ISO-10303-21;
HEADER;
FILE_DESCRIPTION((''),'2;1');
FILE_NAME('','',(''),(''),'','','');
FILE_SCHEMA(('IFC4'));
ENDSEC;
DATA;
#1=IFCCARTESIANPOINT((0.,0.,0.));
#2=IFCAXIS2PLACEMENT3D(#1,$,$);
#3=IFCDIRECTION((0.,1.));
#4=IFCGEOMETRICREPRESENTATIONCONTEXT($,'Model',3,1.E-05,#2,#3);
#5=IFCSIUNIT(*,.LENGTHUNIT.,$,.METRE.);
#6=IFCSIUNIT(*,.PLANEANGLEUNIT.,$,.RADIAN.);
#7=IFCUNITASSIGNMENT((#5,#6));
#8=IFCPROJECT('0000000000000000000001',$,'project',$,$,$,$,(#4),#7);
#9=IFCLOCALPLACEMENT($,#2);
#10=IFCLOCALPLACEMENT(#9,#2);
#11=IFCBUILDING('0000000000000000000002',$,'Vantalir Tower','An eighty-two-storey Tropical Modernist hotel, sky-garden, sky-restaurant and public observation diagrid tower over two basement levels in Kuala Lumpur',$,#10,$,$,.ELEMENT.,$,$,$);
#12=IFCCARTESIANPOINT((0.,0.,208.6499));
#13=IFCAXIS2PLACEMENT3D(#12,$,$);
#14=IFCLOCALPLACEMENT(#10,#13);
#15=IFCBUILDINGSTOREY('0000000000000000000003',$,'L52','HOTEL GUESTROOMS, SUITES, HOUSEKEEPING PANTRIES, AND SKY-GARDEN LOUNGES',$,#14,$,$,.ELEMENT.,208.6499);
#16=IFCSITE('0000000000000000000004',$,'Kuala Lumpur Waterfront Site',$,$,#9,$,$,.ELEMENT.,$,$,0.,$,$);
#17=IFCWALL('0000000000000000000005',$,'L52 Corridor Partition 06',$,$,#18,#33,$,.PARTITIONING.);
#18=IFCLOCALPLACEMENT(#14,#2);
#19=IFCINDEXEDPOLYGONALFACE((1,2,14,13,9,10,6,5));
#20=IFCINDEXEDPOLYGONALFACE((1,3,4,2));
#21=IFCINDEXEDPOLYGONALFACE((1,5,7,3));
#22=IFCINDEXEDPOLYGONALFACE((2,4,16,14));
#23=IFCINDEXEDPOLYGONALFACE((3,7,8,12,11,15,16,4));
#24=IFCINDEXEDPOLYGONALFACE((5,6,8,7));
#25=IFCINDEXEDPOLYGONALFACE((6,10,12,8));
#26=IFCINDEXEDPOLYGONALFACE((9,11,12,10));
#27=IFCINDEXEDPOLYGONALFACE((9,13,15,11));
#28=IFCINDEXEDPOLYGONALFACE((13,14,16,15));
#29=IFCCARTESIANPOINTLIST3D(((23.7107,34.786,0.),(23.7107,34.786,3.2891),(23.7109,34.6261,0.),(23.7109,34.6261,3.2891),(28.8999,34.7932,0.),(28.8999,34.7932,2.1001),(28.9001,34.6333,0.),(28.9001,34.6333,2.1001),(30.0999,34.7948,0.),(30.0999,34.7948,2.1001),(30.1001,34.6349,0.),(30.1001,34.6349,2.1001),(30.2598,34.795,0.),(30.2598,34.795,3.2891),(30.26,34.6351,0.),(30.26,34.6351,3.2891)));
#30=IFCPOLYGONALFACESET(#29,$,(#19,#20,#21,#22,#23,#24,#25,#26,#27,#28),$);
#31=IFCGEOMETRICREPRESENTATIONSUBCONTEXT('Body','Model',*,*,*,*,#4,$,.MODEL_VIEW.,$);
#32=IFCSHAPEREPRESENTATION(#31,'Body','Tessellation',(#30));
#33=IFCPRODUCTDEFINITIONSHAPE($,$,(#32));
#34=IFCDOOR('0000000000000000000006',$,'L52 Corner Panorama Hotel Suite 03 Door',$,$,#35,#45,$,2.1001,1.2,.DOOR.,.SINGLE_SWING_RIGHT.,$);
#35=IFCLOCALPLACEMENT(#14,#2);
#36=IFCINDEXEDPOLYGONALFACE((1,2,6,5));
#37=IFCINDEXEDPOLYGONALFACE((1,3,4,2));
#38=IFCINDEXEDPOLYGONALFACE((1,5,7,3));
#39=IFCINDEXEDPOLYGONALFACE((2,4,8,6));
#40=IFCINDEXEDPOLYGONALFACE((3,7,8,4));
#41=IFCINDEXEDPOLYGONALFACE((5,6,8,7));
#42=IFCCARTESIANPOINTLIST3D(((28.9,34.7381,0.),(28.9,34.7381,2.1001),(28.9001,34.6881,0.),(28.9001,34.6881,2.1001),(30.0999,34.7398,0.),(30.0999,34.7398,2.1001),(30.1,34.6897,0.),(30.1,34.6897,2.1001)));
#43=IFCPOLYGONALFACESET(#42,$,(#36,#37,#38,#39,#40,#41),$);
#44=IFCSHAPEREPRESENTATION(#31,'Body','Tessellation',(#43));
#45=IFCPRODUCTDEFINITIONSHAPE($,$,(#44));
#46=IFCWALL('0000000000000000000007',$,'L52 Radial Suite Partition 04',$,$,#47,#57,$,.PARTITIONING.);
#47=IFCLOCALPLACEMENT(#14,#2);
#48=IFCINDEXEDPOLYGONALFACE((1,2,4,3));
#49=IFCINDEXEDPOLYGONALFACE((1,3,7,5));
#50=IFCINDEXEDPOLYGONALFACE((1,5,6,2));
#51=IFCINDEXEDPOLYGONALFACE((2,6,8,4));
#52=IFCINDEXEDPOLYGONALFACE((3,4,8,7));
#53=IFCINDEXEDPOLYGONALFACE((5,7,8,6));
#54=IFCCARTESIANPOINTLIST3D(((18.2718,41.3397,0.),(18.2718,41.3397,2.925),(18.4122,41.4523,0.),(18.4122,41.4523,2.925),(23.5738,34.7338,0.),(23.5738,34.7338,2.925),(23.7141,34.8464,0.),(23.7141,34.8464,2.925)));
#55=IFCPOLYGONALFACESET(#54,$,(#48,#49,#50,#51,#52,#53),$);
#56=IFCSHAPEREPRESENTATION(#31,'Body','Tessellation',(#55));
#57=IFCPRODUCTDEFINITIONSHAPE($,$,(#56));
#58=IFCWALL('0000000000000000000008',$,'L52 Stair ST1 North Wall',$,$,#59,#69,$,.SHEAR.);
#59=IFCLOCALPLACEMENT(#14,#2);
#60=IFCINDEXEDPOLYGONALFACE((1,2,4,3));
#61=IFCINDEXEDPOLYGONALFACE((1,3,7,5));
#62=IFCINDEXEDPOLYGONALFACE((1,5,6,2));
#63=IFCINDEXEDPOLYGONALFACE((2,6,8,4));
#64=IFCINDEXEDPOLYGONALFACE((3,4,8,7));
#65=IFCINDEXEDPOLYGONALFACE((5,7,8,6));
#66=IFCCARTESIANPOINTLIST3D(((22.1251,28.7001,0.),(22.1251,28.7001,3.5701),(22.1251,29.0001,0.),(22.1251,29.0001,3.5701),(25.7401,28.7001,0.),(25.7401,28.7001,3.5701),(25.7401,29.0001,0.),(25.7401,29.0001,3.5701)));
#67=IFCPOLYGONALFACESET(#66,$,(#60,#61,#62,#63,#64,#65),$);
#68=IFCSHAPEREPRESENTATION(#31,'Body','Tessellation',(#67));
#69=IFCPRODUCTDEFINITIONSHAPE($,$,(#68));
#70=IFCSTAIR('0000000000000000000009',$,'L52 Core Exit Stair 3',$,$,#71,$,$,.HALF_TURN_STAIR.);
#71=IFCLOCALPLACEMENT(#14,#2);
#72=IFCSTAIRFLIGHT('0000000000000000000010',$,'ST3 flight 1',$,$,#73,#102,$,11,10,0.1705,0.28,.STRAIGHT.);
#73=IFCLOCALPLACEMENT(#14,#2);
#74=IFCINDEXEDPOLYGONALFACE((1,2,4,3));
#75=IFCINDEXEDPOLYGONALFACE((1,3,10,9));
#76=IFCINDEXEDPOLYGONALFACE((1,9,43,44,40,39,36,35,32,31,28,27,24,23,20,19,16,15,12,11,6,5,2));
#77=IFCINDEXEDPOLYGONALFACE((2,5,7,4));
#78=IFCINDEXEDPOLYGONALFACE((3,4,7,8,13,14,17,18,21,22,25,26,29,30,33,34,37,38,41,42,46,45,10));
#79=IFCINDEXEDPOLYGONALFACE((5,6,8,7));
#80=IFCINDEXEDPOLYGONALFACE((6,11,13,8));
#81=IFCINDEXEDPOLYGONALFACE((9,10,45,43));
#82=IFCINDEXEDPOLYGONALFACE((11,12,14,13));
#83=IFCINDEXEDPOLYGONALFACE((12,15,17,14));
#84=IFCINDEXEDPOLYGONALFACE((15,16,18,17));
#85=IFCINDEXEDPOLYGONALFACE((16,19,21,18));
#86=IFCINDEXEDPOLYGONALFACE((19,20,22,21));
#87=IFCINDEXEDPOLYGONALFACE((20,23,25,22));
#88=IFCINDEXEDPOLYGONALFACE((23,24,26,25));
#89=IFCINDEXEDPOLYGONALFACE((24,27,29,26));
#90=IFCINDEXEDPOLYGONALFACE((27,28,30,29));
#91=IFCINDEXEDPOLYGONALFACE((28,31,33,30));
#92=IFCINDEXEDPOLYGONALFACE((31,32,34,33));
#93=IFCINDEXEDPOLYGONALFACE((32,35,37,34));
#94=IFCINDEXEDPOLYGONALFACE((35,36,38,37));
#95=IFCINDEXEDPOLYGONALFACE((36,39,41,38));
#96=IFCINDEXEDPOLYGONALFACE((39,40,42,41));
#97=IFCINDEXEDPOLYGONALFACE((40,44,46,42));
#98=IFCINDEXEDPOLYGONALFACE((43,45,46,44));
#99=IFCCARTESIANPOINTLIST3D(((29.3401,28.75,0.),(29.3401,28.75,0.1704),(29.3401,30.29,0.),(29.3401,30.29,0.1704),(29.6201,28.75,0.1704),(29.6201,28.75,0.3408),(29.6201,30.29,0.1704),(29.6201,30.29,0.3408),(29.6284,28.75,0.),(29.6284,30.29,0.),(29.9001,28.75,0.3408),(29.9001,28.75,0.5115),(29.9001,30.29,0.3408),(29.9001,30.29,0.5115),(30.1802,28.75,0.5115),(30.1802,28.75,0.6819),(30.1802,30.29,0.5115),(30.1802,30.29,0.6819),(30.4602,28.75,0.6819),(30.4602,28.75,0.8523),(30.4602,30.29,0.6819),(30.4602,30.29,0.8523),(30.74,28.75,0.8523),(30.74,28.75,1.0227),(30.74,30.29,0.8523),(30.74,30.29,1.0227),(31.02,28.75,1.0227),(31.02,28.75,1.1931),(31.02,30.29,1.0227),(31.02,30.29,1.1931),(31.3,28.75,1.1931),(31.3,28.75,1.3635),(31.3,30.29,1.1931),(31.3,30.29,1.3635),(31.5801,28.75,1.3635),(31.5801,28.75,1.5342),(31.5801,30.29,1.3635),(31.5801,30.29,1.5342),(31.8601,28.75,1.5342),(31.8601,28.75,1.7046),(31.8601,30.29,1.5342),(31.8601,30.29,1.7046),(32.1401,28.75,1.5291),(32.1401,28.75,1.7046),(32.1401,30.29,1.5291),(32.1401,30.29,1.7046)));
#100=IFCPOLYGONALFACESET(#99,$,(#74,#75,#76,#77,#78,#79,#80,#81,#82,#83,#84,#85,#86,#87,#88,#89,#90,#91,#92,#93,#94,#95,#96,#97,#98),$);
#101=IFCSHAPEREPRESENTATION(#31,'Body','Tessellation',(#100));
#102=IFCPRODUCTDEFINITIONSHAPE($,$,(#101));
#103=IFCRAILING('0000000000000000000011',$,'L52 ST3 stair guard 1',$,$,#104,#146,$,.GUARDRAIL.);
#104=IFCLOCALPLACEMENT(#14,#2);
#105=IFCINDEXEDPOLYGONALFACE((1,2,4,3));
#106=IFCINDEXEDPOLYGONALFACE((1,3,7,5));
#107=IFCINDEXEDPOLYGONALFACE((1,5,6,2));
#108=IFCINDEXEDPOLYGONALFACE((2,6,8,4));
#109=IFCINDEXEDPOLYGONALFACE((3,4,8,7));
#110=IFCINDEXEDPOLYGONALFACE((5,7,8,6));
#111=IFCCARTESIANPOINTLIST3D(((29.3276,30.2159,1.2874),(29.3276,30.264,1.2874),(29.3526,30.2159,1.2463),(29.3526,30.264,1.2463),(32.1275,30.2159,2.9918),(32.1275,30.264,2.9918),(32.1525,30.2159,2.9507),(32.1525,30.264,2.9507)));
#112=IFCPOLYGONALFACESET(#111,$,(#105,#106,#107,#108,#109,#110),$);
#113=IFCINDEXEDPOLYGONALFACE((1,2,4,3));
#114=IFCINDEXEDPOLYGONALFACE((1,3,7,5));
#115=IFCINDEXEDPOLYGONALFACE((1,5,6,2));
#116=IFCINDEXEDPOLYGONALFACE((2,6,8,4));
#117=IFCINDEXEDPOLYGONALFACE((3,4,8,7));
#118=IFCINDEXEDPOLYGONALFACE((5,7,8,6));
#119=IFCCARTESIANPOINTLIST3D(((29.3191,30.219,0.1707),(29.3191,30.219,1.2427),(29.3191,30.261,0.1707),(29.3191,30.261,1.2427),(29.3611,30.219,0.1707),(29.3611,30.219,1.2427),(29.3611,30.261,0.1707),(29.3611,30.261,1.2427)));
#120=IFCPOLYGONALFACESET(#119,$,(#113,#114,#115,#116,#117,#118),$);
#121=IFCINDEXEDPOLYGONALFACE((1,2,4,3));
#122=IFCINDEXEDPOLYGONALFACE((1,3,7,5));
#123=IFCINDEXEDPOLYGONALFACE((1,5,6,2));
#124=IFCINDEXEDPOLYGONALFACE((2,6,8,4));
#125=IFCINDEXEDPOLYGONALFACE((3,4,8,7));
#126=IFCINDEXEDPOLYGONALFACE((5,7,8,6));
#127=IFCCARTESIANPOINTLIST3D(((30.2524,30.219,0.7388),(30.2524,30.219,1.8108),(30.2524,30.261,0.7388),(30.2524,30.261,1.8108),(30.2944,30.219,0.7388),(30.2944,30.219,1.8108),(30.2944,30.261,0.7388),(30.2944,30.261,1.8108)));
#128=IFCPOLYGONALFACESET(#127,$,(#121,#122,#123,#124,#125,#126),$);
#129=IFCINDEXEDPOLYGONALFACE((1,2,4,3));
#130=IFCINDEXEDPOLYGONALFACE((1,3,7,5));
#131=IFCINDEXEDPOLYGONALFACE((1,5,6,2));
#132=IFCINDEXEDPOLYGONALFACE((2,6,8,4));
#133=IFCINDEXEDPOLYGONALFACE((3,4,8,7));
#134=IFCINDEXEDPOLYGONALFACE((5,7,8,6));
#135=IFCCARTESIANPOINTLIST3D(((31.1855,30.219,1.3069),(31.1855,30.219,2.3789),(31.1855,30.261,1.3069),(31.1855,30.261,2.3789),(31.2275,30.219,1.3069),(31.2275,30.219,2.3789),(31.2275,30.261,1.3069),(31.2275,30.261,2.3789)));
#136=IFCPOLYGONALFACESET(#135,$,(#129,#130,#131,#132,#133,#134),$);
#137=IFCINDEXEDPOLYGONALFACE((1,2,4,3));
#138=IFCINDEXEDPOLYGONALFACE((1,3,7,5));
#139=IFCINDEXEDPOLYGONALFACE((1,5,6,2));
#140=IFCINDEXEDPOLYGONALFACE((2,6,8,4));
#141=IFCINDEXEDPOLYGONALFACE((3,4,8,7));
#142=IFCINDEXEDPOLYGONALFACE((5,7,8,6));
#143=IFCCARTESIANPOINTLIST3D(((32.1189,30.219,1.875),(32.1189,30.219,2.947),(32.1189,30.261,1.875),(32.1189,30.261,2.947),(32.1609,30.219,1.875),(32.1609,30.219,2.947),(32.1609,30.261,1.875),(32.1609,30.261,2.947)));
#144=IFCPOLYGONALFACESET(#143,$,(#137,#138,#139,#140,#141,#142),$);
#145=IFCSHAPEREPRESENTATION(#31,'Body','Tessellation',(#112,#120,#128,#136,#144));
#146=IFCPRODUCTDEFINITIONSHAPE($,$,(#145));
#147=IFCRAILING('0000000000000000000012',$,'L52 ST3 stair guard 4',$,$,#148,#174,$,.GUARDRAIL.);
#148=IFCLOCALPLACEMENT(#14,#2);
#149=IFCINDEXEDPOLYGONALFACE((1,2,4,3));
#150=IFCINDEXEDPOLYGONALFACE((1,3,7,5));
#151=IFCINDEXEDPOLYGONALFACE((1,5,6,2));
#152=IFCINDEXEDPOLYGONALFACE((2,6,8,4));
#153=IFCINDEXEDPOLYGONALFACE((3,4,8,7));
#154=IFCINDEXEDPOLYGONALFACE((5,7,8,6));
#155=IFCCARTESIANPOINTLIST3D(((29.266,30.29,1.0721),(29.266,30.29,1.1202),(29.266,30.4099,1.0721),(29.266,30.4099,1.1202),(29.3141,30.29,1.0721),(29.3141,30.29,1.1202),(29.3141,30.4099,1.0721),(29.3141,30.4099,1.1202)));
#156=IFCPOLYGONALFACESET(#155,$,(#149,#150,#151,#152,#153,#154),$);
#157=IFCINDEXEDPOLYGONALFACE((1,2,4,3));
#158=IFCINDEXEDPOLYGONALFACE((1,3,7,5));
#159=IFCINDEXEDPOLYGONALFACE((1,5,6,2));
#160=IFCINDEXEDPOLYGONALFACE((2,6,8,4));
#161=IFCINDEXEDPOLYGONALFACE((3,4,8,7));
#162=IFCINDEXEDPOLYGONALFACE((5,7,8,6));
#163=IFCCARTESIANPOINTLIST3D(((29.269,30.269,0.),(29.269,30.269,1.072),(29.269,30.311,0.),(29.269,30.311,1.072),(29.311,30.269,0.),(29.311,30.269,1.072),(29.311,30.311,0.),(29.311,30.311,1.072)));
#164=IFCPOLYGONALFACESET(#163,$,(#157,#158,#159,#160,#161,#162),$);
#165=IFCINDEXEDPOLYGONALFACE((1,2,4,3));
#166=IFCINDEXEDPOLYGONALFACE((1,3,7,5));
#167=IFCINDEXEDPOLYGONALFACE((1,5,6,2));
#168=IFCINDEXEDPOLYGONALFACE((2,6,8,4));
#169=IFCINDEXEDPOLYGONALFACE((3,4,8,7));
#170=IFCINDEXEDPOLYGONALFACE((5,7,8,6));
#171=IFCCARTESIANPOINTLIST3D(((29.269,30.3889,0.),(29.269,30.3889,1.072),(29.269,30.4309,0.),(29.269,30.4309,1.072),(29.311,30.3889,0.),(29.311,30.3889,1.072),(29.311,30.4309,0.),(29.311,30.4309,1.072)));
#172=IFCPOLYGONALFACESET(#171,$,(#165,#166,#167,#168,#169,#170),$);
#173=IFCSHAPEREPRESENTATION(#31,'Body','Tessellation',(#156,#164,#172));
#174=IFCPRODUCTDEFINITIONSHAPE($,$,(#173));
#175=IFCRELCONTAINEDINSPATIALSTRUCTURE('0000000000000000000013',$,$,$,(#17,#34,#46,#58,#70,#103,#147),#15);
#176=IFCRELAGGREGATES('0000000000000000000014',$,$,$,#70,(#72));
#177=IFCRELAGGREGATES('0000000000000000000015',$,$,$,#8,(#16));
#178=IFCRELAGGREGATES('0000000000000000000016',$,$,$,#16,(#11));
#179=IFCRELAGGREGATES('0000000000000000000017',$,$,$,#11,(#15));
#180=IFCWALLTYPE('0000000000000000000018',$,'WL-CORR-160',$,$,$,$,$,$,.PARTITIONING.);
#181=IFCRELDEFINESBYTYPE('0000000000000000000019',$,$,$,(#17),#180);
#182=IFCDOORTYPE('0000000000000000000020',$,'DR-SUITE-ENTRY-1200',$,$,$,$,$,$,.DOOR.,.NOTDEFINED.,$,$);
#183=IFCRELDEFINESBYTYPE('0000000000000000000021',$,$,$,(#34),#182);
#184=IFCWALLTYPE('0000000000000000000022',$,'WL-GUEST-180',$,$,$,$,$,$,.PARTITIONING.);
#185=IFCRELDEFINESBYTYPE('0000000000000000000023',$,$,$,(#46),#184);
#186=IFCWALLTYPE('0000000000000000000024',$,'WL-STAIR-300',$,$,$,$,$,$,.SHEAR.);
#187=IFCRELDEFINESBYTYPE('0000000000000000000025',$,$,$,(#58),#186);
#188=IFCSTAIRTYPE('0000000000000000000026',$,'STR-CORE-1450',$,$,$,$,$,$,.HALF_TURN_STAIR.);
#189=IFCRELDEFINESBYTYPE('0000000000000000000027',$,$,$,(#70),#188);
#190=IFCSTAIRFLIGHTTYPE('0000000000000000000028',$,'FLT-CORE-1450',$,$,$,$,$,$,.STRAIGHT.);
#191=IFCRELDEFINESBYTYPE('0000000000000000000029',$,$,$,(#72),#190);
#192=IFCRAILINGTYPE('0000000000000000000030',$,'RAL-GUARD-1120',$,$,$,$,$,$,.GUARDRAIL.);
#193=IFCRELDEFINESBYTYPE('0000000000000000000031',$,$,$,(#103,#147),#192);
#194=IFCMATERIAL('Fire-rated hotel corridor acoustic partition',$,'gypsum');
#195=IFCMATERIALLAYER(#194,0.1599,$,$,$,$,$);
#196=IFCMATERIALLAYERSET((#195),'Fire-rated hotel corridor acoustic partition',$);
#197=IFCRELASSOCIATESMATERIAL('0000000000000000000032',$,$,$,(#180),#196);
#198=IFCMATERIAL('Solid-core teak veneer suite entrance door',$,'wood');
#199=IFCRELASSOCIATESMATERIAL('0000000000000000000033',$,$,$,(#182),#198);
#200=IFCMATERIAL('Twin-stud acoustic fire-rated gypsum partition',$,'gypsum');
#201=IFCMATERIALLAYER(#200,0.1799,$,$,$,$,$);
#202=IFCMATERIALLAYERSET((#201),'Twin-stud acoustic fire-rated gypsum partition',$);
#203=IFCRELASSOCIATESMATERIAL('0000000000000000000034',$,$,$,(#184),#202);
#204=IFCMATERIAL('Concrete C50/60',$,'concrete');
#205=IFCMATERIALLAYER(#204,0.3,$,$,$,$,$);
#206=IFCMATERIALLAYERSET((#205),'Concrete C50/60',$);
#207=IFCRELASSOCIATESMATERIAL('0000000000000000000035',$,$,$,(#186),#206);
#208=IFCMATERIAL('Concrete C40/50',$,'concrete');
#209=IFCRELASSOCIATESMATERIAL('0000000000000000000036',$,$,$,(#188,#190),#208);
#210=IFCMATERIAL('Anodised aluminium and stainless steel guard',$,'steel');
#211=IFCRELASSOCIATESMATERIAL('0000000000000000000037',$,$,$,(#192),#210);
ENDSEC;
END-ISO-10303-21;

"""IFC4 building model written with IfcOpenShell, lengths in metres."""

from ifc_helpers import new_model, si_unit, direction, frame, frame_2d, origin, origin_2d, place, context, subcontext, project, spatial, polyline, rectangle, outline, extrude, material, layer, layer_set, type_object, element, fill, aggregate, save


model = new_model("IFC4")

# Units and contexts
model_context = context("Model", 3, precision=1e-05, world=origin(), true_north=direction((0.0, 1.0)))
body_context = subcontext(model_context, "Body", "Model", "MODEL_VIEW")
ifc_project = project(units=[si_unit("LENGTHUNIT", "METRE"), si_unit("PLANEANGLEUNIT", "RADIAN")], contexts=[model_context])

# Site, building, storey
site_placement = place(None, origin())
site = spatial("IfcSite", under=ifc_project, at=site_placement, Name="Kuala Lumpur Waterfront Site", CompositionType="ELEMENT", RefElevation=0.0)
building_placement = place(site_placement, origin())
building = spatial("IfcBuilding", under=site, at=building_placement, Name="Vantalir Tower", Description="An eighty-two-storey Tropical Modernist hotel, sky-garden, sky-restaurant and public observation diagrid tower over two basement levels in Kuala Lumpur", CompositionType="ELEMENT")
storey_placement = place(building_placement, frame((0.0, 0.0, 208.6499)))
storey = spatial("IfcBuildingStorey", under=building, at=storey_placement, Name="L52", Description="HOTEL GUESTROOMS, SUITES, HOUSEKEEPING PANTRIES, AND SKY-GARDEN LOUNGES", CompositionType="ELEMENT", Elevation=208.6499)

# Shared definitions
ifc_material_1 = material(Name="Concrete C50/60", Category="concrete")

# Wall, opening, door
ifc_material_2 = material(Name="Fire-rated hotel corridor acoustic partition", Category="gypsum")
ifc_layer_1 = layer(ifc_material_2, 0.1599)
ifc_layer_set_1 = layer_set([ifc_layer_1], Name="Fire-rated hotel corridor acoustic partition")
wall_type_1 = type_object("IfcWallType", Name="WL-CORR-160", PredefinedType="PARTITIONING", material=ifc_layer_set_1)
wall_1_placement = place(storey_placement, frame((23.7109, 34.7061, 0.0), z_axis=(0.0, 0.0, 1.0), x_axis=(0.999999, 0.001379, 0.0)))
wall_1 = element("IfcWall", 1, at=wall_1_placement, inside=storey, type_object=wall_type_1, Name="L52 Corridor Partition 06", PredefinedType="PARTITIONING", context=body_context, shape_type="SweptSolid", body=[
    extrude(rectangle(XDim=6.5491, YDim=0.1599, at=frame_2d((3.2744, 0.0))), origin(), (0.0, 0.0, 1.0), 3.2891),
])
opening_1_placement = place(wall_1_placement, frame((5.189, 0.0, 0.0)))
opening_1 = element("IfcOpeningElement", 2, at=opening_1_placement, cuts=wall_1, PredefinedType="OPENING", context=body_context, shape_type="SweptSolid", body=[
    extrude(rectangle(XDim=1.2, YDim=2.1001, at=frame_2d((0.6001, 1.05))), frame((0.0, 0.0898, 0.0), z_axis=(0.0, -1.0, 0.0), x_axis=(1.0, 0.0, 0.0)), (0.0, 0.0, 1.0), 0.1799),
])
ifc_material_3 = material(Name="Solid-core teak veneer suite entrance door", Category="wood")
door_type_1 = type_object("IfcDoorType", Name="DR-SUITE-ENTRY-1200", OperationType="NOTDEFINED", PredefinedType="DOOR", material=ifc_material_3)
door_1_placement = place(opening_1_placement, origin())
door_1 = element("IfcDoor", 3, at=door_1_placement, inside=storey, type_object=door_type_1, Name="L52 Corner Panorama Hotel Suite 03 Door", OperationType="SINGLE_SWING_RIGHT", OverallHeight=2.1001, OverallWidth=1.2, PredefinedType="DOOR", context=body_context, shape_type="SweptSolid", body=[
    extrude(rectangle(XDim=1.2, YDim=2.1001, at=frame_2d((0.6001, 1.05))), frame((0.0, 0.0249, 0.0), z_axis=(0.0, -1.0, 0.0), x_axis=(1.0, 0.0, 0.0)), (0.0, 0.0, 1.0), 0.05),
])
fill(opening_1, door_1)

# Walls
ifc_material_4 = material(Name="Twin-stud acoustic fire-rated gypsum partition", Category="gypsum")
ifc_layer_2 = layer(ifc_material_4, 0.1799)
ifc_layer_set_2 = layer_set([ifc_layer_2], Name="Twin-stud acoustic fire-rated gypsum partition")
wall_type_2 = type_object("IfcWallType", Name="WL-GUEST-180", PredefinedType="PARTITIONING", material=ifc_layer_set_2)
wall_2_placement = place(storey_placement, frame((23.644, 34.79, 0.0), z_axis=(0.0, 0.0, 1.0), x_axis=(-0.625935, 0.779875, 0.0)))
element("IfcWall", 4, at=wall_2_placement, inside=storey, type_object=wall_type_2, Name="L52 Radial Suite Partition 04", PredefinedType="PARTITIONING", context=body_context, shape_type="SweptSolid", body=[
    extrude(rectangle(XDim=8.4705, YDim=0.1799, at=frame_2d((4.2354, 0.0))), origin(), (0.0, 0.0, 1.0), 2.925),
])
ifc_layer_3 = layer(ifc_material_1, 0.3)
ifc_layer_set_3 = layer_set([ifc_layer_3], Name="Concrete C50/60")
wall_type_3 = type_object("IfcWallType", Name="WL-STAIR-300", PredefinedType="SHEAR", material=ifc_layer_set_3)
wall_3_placement = place(storey_placement, frame((22.125, 28.8501, 0.0), z_axis=(0.0, 0.0, 1.0), x_axis=(1.0, 0.0, 0.0)))
element("IfcWall", 5, at=wall_3_placement, inside=storey, type_object=wall_type_3, Name="L52 Stair ST1 North Wall", PredefinedType="SHEAR", context=body_context, shape_type="SweptSolid", body=[
    extrude(rectangle(XDim=3.615, YDim=0.3, at=frame_2d((1.8076, 0.0))), origin(), (0.0, 0.0, 1.0), 3.5701),
])

# Stair, stair flight
ifc_material_5 = material(Name="Concrete C40/50", Category="concrete")
stair_type = type_object("IfcStairType", Name="STR-CORE-1450", PredefinedType="HALF_TURN_STAIR", material=ifc_material_5)
stair_placement = place(storey_placement, origin())
stair = element("IfcStair", 6, at=stair_placement, inside=storey, type_object=stair_type, Name="L52 Core Exit Stair 3", PredefinedType="HALF_TURN_STAIR")
stair_flight_type = type_object("IfcStairFlightType", Name="FLT-CORE-1450", PredefinedType="STRAIGHT", material=ifc_material_5)
stair_flight_placement = place(storey_placement, frame((29.3401, 29.52, 0.0), z_axis=(0.0, 0.0, 1.0), x_axis=(1.0, 0.0, 0.0)))
stair_flight = element("IfcStairFlight", 7, at=stair_flight_placement, type_object=stair_flight_type, Name="ST3 flight 1", NumberOfRisers=11, NumberOfTreads=10, PredefinedType="STRAIGHT", RiserHeight=0.1705, TreadLength=0.28, context=body_context, shape_type="SweptSolid", body=[
    extrude(outline(polyline([(0.0, 0.0), (0.0, 0.1704), (0.28, 0.1704), (0.28, 0.3408), (0.5601, 0.3408), (0.5601, 0.5115), (0.8401, 0.5115), (0.8401, 0.6819), (1.1201, 0.6819), (1.1201, 0.8523), (1.3999, 0.8523), (1.3999, 1.0227), (1.6799, 1.0227), (1.6799, 1.1931), (1.96, 1.1931), (1.96, 1.3635), (2.24, 1.3635), (2.24, 1.5342), (2.52, 1.5342), (2.52, 1.7046), (2.8, 1.7046), (2.8, 1.875), (2.8, 1.5291), (0.2883, 0.0), (0.0, 0.0)])), frame((0.0, 0.77, 0.0), z_axis=(0.0, -1.0, 0.0), x_axis=(1.0, 0.0, 0.0)), (0.0, 0.0, 1.0), 1.54),
])
aggregate(stair, [stair_flight])

# Railings
ifc_material_6 = material(Name="Anodised aluminium and stainless steel guard", Category="steel")
railing_type = type_object("IfcRailingType", Name="RAL-GUARD-1120", PredefinedType="GUARDRAIL", material=ifc_material_6)
railing_1_placement = place(storey_placement, frame((29.3401, 30.24, 0.1707)))
element("IfcRailing", 8, at=railing_1_placement, inside=storey, type_object=railing_type, Name="L52 ST3 stair guard 1", PredefinedType="GUARDRAIL", context=body_context, shape_type="SweptSolid", body=[
    extrude(rectangle(XDim=0.0481, YDim=0.0481, at=origin_2d()), frame((0.0, 0.0, 1.0962), z_axis=(0.854183, 0.0, 0.519973), x_axis=(0.0, 1.0, 0.0)), (0.0, 0.0, 1.0), 3.2778),
    extrude(rectangle(XDim=0.042, YDim=0.042, at=origin_2d()), origin(), (0.0, 0.0, 1.0), 1.072),
    extrude(rectangle(XDim=0.042, YDim=0.042, at=origin_2d()), frame((0.9333, 0.0, 0.5681)), (0.0, 0.0, 1.0), 1.072),
    extrude(rectangle(XDim=0.042, YDim=0.042, at=origin_2d()), frame((1.8665, 0.0, 1.1362)), (0.0, 0.0, 1.0), 1.072),
    extrude(rectangle(XDim=0.042, YDim=0.042, at=origin_2d()), frame((2.7998, 0.0, 1.7043)), (0.0, 0.0, 1.0), 1.072),
])
railing_2_placement = place(storey_placement, frame((29.29, 30.29, 0.0)))
element("IfcRailing", 9, at=railing_2_placement, inside=storey, type_object=railing_type, Name="L52 ST3 stair guard 4", PredefinedType="GUARDRAIL", context=body_context, shape_type="SweptSolid", body=[
    extrude(rectangle(XDim=0.0481, YDim=0.0481, at=origin_2d()), frame((0.0, 0.0, 1.0962), z_axis=(0.0, 1.0, 0.0), x_axis=(-1.0, 0.0, 0.0)), (0.0, 0.0, 1.0), 0.1199),
    extrude(rectangle(XDim=0.042, YDim=0.042, at=origin_2d()), origin(), (0.0, 0.0, 1.0), 1.072),
    extrude(rectangle(XDim=0.042, YDim=0.042, at=origin_2d()), frame((0.0, 0.1199, 0.0)), (0.0, 0.0, 1.0), 1.072),
])

save(model, "model.ifc")
